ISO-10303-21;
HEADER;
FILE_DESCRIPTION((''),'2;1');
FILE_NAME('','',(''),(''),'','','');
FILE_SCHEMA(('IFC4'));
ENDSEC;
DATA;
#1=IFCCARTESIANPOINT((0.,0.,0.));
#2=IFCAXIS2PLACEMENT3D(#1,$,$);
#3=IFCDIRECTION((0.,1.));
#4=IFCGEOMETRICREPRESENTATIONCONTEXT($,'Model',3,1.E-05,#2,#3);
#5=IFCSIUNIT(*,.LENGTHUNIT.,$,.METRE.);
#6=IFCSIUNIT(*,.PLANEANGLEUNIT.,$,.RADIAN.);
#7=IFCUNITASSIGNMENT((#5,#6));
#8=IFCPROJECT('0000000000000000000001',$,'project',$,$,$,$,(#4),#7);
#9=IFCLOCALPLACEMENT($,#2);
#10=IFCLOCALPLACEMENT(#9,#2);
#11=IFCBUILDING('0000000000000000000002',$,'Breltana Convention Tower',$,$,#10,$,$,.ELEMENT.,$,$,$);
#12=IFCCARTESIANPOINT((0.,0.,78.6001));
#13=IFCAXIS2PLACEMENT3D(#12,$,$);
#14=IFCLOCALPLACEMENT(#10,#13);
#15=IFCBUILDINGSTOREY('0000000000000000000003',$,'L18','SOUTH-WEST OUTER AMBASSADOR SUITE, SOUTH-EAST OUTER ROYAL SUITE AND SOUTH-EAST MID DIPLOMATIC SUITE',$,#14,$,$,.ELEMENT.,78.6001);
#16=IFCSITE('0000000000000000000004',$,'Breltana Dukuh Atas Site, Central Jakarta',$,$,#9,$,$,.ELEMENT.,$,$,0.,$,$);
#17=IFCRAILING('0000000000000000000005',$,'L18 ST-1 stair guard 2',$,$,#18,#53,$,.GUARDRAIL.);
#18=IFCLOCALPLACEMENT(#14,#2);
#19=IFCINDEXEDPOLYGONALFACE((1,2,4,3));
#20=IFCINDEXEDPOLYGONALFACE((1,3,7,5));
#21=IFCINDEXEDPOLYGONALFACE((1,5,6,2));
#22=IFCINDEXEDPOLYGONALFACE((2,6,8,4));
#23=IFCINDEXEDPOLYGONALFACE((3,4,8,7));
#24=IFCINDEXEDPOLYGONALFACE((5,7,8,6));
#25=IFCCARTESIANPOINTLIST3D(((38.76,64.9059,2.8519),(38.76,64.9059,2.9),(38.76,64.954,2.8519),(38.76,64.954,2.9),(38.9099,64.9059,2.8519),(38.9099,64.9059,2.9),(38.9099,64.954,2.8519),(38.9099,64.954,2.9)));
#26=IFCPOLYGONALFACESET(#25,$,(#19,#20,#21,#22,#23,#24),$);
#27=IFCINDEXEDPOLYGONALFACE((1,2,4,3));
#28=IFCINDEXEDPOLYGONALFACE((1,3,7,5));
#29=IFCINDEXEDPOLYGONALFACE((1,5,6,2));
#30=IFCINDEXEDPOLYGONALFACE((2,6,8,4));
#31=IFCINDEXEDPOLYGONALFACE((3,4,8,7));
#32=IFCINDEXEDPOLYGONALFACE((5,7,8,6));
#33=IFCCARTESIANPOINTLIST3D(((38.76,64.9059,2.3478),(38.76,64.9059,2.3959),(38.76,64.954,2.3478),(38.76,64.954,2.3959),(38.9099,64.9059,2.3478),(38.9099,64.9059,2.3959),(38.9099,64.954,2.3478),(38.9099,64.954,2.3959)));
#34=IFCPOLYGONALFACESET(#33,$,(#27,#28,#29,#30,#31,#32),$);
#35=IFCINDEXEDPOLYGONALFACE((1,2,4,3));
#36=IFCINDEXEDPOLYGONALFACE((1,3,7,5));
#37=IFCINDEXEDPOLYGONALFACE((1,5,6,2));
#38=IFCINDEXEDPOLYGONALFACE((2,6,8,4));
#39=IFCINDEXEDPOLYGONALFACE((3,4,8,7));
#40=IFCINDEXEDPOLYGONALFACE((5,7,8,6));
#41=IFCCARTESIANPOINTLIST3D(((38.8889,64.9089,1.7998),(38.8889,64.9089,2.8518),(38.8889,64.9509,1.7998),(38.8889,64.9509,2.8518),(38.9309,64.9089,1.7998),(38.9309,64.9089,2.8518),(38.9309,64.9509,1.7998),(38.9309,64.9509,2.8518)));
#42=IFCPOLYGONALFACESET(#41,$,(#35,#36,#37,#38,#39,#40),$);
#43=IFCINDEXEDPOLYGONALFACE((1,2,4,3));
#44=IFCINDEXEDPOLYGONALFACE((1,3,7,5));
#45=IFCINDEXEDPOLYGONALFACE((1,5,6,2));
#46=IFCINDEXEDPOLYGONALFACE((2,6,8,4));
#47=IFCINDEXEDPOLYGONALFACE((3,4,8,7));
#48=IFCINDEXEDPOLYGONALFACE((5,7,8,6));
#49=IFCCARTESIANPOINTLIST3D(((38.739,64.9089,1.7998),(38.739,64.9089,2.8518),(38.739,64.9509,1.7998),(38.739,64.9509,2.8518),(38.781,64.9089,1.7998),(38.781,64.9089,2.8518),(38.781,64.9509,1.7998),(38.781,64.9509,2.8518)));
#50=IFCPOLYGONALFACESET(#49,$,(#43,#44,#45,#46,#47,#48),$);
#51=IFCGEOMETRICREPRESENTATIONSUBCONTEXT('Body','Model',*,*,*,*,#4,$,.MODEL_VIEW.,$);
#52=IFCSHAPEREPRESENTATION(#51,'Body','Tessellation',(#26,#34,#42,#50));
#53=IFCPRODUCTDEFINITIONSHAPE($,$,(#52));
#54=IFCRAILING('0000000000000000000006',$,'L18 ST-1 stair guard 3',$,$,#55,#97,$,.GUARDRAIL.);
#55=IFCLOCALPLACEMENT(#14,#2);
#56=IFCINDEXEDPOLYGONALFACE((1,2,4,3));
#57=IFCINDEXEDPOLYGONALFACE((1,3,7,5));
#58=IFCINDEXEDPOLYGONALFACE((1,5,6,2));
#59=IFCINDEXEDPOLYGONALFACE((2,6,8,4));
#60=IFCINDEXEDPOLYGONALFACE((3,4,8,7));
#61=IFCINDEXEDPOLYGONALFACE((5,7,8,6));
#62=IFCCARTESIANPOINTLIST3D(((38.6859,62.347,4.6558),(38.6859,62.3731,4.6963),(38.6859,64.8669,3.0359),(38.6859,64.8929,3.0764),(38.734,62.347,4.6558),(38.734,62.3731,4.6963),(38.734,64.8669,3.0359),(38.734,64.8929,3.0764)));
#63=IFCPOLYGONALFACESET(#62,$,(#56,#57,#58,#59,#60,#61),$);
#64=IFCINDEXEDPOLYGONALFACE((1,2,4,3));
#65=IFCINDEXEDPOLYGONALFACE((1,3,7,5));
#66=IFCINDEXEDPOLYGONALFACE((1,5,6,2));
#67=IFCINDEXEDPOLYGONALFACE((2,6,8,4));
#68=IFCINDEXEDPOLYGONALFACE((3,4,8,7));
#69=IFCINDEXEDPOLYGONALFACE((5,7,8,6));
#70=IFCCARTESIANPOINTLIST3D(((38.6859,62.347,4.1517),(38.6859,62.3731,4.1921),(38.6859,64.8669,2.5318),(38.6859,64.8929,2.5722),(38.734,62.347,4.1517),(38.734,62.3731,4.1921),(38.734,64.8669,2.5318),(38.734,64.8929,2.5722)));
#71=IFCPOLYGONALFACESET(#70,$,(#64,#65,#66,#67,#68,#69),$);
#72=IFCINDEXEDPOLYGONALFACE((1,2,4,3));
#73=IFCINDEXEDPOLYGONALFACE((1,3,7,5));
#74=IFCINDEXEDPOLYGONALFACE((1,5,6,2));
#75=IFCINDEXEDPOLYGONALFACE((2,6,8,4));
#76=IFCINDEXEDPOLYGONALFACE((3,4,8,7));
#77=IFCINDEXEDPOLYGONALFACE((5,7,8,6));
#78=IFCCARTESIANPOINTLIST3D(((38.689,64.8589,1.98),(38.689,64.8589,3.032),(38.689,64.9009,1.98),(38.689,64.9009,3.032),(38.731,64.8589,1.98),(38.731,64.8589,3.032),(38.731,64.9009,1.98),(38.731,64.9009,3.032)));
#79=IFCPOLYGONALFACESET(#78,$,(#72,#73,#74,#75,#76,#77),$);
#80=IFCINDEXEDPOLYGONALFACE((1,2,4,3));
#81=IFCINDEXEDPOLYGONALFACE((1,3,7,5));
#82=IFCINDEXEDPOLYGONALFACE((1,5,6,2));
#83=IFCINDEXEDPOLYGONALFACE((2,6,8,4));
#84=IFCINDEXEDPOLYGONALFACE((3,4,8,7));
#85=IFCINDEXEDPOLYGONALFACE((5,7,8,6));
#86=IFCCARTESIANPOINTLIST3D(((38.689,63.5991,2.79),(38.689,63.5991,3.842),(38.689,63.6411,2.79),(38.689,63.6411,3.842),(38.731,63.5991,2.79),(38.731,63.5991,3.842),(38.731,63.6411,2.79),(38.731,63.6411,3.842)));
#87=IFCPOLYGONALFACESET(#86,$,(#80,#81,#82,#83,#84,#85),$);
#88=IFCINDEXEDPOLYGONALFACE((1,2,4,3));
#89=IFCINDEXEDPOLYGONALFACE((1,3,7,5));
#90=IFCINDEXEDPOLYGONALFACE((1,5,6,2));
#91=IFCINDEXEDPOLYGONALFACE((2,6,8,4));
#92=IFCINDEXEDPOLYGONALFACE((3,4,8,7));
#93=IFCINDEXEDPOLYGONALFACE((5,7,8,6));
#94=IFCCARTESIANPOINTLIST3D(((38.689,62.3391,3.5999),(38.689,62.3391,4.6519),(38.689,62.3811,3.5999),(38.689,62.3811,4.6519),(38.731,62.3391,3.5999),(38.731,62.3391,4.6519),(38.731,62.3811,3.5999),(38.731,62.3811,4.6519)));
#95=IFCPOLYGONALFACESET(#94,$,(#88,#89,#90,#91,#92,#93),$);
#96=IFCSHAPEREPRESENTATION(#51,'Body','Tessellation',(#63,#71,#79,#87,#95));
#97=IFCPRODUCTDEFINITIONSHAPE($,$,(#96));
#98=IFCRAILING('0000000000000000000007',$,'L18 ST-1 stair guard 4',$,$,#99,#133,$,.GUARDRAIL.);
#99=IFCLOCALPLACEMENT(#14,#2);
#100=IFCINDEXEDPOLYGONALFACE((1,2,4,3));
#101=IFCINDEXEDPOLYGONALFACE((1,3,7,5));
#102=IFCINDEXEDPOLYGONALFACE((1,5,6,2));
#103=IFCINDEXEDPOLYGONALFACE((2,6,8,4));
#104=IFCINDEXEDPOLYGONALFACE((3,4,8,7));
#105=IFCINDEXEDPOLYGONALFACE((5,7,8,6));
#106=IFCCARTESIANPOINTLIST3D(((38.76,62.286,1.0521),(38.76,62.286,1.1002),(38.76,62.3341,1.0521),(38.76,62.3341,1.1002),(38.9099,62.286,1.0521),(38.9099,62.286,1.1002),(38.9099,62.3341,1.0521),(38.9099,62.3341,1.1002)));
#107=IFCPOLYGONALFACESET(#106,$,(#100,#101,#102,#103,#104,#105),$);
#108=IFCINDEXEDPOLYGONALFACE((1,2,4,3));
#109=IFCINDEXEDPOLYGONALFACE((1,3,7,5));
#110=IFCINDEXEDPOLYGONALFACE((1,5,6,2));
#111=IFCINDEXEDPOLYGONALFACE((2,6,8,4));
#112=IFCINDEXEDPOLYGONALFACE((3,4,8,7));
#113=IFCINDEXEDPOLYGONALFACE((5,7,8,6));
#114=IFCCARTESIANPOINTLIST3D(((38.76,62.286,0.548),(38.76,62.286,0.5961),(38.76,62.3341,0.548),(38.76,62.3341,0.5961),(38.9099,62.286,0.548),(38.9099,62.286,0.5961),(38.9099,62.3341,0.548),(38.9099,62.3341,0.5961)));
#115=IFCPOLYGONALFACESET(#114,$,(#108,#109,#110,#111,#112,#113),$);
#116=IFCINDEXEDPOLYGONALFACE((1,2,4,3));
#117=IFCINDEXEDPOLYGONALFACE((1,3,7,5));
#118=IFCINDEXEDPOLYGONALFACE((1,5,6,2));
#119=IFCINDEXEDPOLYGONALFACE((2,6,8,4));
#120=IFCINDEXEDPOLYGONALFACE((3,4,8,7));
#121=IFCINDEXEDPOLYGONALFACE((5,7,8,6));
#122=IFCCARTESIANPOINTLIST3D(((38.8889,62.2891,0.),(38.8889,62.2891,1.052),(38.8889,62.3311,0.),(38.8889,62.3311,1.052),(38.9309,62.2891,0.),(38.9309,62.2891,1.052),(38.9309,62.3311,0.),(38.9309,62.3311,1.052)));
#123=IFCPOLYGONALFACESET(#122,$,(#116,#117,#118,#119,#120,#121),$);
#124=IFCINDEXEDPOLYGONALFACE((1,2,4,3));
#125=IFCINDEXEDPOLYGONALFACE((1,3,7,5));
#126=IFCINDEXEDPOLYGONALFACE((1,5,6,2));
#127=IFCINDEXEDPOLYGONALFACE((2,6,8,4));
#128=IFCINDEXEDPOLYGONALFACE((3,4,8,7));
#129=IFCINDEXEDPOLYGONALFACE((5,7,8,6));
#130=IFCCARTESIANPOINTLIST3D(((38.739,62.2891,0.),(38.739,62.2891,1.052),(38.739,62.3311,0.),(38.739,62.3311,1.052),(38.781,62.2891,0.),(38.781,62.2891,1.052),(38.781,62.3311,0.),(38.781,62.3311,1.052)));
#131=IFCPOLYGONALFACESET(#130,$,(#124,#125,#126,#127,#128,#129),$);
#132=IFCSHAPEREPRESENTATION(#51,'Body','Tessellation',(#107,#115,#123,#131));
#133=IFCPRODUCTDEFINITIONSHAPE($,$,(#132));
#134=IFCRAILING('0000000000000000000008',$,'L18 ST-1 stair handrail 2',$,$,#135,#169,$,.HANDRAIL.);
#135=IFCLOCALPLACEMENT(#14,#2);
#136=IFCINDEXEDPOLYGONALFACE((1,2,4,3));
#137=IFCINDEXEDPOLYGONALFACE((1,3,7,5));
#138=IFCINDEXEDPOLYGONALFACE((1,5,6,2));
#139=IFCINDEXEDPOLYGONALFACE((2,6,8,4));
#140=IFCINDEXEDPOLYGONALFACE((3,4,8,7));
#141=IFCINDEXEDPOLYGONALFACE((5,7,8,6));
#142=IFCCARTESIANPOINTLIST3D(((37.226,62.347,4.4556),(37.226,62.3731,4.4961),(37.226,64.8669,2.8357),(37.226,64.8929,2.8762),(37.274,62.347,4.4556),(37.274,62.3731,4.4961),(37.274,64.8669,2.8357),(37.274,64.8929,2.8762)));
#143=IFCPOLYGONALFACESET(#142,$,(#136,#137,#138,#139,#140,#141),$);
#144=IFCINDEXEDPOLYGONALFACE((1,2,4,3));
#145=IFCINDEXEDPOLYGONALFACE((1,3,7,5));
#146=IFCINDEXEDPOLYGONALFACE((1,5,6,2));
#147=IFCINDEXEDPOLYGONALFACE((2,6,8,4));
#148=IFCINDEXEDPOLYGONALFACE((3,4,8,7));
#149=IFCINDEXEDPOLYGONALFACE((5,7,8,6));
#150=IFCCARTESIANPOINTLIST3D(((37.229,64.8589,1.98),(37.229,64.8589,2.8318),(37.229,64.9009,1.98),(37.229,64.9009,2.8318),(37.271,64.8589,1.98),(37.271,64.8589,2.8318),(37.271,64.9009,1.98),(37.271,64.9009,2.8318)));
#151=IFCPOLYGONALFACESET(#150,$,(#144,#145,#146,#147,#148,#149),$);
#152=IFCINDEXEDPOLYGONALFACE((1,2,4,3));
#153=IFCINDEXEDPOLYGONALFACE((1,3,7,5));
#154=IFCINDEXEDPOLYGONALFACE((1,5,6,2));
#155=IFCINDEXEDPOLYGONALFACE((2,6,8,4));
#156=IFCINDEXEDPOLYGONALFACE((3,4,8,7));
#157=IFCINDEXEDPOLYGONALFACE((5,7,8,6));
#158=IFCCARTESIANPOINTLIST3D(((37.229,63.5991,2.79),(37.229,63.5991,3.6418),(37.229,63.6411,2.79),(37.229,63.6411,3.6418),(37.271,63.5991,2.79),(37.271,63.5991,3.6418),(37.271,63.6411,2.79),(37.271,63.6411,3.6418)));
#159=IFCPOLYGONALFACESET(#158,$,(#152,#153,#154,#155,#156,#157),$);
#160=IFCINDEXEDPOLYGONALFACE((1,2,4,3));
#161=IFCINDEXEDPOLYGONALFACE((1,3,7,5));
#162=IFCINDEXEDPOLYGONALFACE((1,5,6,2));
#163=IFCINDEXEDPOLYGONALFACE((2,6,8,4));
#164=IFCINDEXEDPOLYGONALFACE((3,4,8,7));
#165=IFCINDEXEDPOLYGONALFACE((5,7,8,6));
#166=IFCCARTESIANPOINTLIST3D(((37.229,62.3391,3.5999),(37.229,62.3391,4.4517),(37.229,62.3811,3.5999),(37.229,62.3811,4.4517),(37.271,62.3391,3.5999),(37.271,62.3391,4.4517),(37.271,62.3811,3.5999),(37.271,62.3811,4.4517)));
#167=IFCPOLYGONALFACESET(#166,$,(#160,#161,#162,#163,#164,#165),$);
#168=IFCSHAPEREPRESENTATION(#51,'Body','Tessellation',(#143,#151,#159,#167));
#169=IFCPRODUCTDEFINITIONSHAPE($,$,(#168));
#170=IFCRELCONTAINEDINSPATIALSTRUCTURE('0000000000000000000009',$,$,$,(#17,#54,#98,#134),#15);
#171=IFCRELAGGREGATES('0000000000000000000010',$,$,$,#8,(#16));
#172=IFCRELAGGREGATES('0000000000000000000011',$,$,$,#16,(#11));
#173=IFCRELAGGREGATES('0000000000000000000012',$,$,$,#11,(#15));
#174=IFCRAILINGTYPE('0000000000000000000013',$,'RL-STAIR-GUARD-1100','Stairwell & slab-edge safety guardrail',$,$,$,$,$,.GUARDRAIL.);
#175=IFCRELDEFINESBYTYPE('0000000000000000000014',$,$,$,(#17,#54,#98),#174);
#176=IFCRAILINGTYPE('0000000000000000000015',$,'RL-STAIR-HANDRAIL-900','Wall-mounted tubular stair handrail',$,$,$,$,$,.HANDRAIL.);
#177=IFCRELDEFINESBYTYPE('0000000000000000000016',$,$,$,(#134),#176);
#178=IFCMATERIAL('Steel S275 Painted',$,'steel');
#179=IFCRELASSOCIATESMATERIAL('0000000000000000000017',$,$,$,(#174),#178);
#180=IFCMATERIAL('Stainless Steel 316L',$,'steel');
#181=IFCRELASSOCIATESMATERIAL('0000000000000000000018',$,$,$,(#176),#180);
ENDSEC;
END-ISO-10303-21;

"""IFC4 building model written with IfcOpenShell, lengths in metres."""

from ifc_helpers import new_model, si_unit, direction, frame, origin, origin_2d, place, context, subcontext, project, spatial, rectangle, extrude, material, type_object, element, save


model = new_model("IFC4")

# Units and contexts
model_context = context("Model", 3, precision=1e-05, world=origin(), true_north=direction((0.0, 1.0)))
body_context = subcontext(model_context, "Body", "Model", "MODEL_VIEW")
ifc_project = project(units=[si_unit("LENGTHUNIT", "METRE"), si_unit("PLANEANGLEUNIT", "RADIAN")], contexts=[model_context])

# Site, building, storey
site_placement = place(None, origin())
site = spatial("IfcSite", under=ifc_project, at=site_placement, Name="Breltana Dukuh Atas Site, Central Jakarta", CompositionType="ELEMENT", RefElevation=0.0)
building_placement = place(site_placement, origin())
building = spatial("IfcBuilding", under=site, at=building_placement, Name="Breltana Convention Tower", CompositionType="ELEMENT")
storey_placement = place(building_placement, frame((0.0, 0.0, 78.6001)))
storey = spatial("IfcBuildingStorey", under=building, at=storey_placement, Name="L18", Description="SOUTH-WEST OUTER AMBASSADOR SUITE, SOUTH-EAST OUTER ROYAL SUITE AND SOUTH-EAST MID DIPLOMATIC SUITE", CompositionType="ELEMENT", Elevation=78.6001)

# Railings
ifc_material_1 = material(Name="Steel S275 Painted", Category="steel")
railing_type_1 = type_object("IfcRailingType", Name="RL-STAIR-GUARD-1100", Description="Stairwell & slab-edge safety guardrail", PredefinedType="GUARDRAIL", material=ifc_material_1)
railing_1_placement = place(storey_placement, frame((38.9099, 64.9299, 1.7998)))
element("IfcRailing", 1, at=railing_1_placement, inside=storey, type_object=railing_type_1, Name="L18 ST-1 stair guard 2", PredefinedType="GUARDRAIL", context=body_context, shape_type="SweptSolid", body=[
    extrude(rectangle(XDim=0.0481, YDim=0.0481, at=origin_2d()), frame((0.0, 0.0, 1.0762), z_axis=(-1.0, 0.0, 0.0), x_axis=(0.0, -1.0, 0.0)), (0.0, 0.0, 1.0), 0.1499),
    extrude(rectangle(XDim=0.0481, YDim=0.0481, at=origin_2d()), frame((0.0, 0.0, 0.572), z_axis=(-1.0, 0.0, 0.0), x_axis=(0.0, -1.0, 0.0)), (0.0, 0.0, 1.0), 0.1499),
    extrude(rectangle(XDim=0.042, YDim=0.042, at=origin_2d()), origin(), (0.0, 0.0, 1.0), 1.052),
    extrude(rectangle(XDim=0.042, YDim=0.042, at=origin_2d()), frame((-0.1499, 0.0, 0.0)), (0.0, 0.0, 1.0), 1.052),
])
railing_2_placement = place(storey_placement, frame((38.71, 64.8799, 1.98)))
element("IfcRailing", 2, at=railing_2_placement, inside=storey, type_object=railing_type_1, Name="L18 ST-1 stair guard 3", PredefinedType="GUARDRAIL", context=body_context, shape_type="SweptSolid", body=[
    extrude(rectangle(XDim=0.0481, YDim=0.0481, at=origin_2d()), frame((0.0, 0.0, 1.0762), z_axis=(0.0, -0.841176, 0.540762), x_axis=(1.0, 0.0, 0.0)), (0.0, 0.0, 1.0), 2.9956),
    extrude(rectangle(XDim=0.0481, YDim=0.0481, at=origin_2d()), frame((0.0, 0.0, 0.572), z_axis=(0.0, -0.841176, 0.540762), x_axis=(1.0, 0.0, 0.0)), (0.0, 0.0, 1.0), 2.9956),
    extrude(rectangle(XDim=0.042, YDim=0.042, at=origin_2d()), origin(), (0.0, 0.0, 1.0), 1.052),
    extrude(rectangle(XDim=0.042, YDim=0.042, at=origin_2d()), frame((0.0, -1.2598, 0.8101)), (0.0, 0.0, 1.0), 1.052),
    extrude(rectangle(XDim=0.042, YDim=0.042, at=origin_2d()), frame((0.0, -2.5198, 1.6199)), (0.0, 0.0, 1.0), 1.052),
])
railing_3_placement = place(storey_placement, frame((38.9099, 62.3101, 0.0)))
element("IfcRailing", 3, at=railing_3_placement, inside=storey, type_object=railing_type_1, Name="L18 ST-1 stair guard 4", PredefinedType="GUARDRAIL", context=body_context, shape_type="SweptSolid", body=[
    extrude(rectangle(XDim=0.0481, YDim=0.0481, at=origin_2d()), frame((0.0, 0.0, 1.0762), z_axis=(-1.0, 0.0, 0.0), x_axis=(0.0, -1.0, 0.0)), (0.0, 0.0, 1.0), 0.1499),
    extrude(rectangle(XDim=0.0481, YDim=0.0481, at=origin_2d()), frame((0.0, 0.0, 0.572), z_axis=(-1.0, 0.0, 0.0), x_axis=(0.0, -1.0, 0.0)), (0.0, 0.0, 1.0), 0.1499),
    extrude(rectangle(XDim=0.042, YDim=0.042, at=origin_2d()), origin(), (0.0, 0.0, 1.0), 1.052),
    extrude(rectangle(XDim=0.042, YDim=0.042, at=origin_2d()), frame((-0.1499, 0.0, 0.0)), (0.0, 0.0, 1.0), 1.052),
])
ifc_material_2 = material(Name="Stainless Steel 316L", Category="steel")
railing_type_2 = type_object("IfcRailingType", Name="RL-STAIR-HANDRAIL-900", Description="Wall-mounted tubular stair handrail", PredefinedType="HANDRAIL", material=ifc_material_2)
railing_4_placement = place(storey_placement, frame((37.25, 64.8799, 1.98)))
element("IfcRailing", 4, at=railing_4_placement, inside=storey, type_object=railing_type_2, Name="L18 ST-1 stair handrail 2", PredefinedType="HANDRAIL", context=body_context, shape_type="SweptSolid", body=[
    extrude(rectangle(XDim=0.0481, YDim=0.0481, at=origin_2d()), frame((0.0, 0.0, 0.876), z_axis=(0.0, -0.841176, 0.540762), x_axis=(1.0, 0.0, 0.0)), (0.0, 0.0, 1.0), 2.9956),
    extrude(rectangle(XDim=0.042, YDim=0.042, at=origin_2d()), origin(), (0.0, 0.0, 1.0), 0.8518),
    extrude(rectangle(XDim=0.042, YDim=0.042, at=origin_2d()), frame((0.0, -1.2598, 0.8101)), (0.0, 0.0, 1.0), 0.8518),
    extrude(rectangle(XDim=0.042, YDim=0.042, at=origin_2d()), frame((0.0, -2.5198, 1.6199)), (0.0, 0.0, 1.0), 0.8518),
])

save(model, "model.ifc")
